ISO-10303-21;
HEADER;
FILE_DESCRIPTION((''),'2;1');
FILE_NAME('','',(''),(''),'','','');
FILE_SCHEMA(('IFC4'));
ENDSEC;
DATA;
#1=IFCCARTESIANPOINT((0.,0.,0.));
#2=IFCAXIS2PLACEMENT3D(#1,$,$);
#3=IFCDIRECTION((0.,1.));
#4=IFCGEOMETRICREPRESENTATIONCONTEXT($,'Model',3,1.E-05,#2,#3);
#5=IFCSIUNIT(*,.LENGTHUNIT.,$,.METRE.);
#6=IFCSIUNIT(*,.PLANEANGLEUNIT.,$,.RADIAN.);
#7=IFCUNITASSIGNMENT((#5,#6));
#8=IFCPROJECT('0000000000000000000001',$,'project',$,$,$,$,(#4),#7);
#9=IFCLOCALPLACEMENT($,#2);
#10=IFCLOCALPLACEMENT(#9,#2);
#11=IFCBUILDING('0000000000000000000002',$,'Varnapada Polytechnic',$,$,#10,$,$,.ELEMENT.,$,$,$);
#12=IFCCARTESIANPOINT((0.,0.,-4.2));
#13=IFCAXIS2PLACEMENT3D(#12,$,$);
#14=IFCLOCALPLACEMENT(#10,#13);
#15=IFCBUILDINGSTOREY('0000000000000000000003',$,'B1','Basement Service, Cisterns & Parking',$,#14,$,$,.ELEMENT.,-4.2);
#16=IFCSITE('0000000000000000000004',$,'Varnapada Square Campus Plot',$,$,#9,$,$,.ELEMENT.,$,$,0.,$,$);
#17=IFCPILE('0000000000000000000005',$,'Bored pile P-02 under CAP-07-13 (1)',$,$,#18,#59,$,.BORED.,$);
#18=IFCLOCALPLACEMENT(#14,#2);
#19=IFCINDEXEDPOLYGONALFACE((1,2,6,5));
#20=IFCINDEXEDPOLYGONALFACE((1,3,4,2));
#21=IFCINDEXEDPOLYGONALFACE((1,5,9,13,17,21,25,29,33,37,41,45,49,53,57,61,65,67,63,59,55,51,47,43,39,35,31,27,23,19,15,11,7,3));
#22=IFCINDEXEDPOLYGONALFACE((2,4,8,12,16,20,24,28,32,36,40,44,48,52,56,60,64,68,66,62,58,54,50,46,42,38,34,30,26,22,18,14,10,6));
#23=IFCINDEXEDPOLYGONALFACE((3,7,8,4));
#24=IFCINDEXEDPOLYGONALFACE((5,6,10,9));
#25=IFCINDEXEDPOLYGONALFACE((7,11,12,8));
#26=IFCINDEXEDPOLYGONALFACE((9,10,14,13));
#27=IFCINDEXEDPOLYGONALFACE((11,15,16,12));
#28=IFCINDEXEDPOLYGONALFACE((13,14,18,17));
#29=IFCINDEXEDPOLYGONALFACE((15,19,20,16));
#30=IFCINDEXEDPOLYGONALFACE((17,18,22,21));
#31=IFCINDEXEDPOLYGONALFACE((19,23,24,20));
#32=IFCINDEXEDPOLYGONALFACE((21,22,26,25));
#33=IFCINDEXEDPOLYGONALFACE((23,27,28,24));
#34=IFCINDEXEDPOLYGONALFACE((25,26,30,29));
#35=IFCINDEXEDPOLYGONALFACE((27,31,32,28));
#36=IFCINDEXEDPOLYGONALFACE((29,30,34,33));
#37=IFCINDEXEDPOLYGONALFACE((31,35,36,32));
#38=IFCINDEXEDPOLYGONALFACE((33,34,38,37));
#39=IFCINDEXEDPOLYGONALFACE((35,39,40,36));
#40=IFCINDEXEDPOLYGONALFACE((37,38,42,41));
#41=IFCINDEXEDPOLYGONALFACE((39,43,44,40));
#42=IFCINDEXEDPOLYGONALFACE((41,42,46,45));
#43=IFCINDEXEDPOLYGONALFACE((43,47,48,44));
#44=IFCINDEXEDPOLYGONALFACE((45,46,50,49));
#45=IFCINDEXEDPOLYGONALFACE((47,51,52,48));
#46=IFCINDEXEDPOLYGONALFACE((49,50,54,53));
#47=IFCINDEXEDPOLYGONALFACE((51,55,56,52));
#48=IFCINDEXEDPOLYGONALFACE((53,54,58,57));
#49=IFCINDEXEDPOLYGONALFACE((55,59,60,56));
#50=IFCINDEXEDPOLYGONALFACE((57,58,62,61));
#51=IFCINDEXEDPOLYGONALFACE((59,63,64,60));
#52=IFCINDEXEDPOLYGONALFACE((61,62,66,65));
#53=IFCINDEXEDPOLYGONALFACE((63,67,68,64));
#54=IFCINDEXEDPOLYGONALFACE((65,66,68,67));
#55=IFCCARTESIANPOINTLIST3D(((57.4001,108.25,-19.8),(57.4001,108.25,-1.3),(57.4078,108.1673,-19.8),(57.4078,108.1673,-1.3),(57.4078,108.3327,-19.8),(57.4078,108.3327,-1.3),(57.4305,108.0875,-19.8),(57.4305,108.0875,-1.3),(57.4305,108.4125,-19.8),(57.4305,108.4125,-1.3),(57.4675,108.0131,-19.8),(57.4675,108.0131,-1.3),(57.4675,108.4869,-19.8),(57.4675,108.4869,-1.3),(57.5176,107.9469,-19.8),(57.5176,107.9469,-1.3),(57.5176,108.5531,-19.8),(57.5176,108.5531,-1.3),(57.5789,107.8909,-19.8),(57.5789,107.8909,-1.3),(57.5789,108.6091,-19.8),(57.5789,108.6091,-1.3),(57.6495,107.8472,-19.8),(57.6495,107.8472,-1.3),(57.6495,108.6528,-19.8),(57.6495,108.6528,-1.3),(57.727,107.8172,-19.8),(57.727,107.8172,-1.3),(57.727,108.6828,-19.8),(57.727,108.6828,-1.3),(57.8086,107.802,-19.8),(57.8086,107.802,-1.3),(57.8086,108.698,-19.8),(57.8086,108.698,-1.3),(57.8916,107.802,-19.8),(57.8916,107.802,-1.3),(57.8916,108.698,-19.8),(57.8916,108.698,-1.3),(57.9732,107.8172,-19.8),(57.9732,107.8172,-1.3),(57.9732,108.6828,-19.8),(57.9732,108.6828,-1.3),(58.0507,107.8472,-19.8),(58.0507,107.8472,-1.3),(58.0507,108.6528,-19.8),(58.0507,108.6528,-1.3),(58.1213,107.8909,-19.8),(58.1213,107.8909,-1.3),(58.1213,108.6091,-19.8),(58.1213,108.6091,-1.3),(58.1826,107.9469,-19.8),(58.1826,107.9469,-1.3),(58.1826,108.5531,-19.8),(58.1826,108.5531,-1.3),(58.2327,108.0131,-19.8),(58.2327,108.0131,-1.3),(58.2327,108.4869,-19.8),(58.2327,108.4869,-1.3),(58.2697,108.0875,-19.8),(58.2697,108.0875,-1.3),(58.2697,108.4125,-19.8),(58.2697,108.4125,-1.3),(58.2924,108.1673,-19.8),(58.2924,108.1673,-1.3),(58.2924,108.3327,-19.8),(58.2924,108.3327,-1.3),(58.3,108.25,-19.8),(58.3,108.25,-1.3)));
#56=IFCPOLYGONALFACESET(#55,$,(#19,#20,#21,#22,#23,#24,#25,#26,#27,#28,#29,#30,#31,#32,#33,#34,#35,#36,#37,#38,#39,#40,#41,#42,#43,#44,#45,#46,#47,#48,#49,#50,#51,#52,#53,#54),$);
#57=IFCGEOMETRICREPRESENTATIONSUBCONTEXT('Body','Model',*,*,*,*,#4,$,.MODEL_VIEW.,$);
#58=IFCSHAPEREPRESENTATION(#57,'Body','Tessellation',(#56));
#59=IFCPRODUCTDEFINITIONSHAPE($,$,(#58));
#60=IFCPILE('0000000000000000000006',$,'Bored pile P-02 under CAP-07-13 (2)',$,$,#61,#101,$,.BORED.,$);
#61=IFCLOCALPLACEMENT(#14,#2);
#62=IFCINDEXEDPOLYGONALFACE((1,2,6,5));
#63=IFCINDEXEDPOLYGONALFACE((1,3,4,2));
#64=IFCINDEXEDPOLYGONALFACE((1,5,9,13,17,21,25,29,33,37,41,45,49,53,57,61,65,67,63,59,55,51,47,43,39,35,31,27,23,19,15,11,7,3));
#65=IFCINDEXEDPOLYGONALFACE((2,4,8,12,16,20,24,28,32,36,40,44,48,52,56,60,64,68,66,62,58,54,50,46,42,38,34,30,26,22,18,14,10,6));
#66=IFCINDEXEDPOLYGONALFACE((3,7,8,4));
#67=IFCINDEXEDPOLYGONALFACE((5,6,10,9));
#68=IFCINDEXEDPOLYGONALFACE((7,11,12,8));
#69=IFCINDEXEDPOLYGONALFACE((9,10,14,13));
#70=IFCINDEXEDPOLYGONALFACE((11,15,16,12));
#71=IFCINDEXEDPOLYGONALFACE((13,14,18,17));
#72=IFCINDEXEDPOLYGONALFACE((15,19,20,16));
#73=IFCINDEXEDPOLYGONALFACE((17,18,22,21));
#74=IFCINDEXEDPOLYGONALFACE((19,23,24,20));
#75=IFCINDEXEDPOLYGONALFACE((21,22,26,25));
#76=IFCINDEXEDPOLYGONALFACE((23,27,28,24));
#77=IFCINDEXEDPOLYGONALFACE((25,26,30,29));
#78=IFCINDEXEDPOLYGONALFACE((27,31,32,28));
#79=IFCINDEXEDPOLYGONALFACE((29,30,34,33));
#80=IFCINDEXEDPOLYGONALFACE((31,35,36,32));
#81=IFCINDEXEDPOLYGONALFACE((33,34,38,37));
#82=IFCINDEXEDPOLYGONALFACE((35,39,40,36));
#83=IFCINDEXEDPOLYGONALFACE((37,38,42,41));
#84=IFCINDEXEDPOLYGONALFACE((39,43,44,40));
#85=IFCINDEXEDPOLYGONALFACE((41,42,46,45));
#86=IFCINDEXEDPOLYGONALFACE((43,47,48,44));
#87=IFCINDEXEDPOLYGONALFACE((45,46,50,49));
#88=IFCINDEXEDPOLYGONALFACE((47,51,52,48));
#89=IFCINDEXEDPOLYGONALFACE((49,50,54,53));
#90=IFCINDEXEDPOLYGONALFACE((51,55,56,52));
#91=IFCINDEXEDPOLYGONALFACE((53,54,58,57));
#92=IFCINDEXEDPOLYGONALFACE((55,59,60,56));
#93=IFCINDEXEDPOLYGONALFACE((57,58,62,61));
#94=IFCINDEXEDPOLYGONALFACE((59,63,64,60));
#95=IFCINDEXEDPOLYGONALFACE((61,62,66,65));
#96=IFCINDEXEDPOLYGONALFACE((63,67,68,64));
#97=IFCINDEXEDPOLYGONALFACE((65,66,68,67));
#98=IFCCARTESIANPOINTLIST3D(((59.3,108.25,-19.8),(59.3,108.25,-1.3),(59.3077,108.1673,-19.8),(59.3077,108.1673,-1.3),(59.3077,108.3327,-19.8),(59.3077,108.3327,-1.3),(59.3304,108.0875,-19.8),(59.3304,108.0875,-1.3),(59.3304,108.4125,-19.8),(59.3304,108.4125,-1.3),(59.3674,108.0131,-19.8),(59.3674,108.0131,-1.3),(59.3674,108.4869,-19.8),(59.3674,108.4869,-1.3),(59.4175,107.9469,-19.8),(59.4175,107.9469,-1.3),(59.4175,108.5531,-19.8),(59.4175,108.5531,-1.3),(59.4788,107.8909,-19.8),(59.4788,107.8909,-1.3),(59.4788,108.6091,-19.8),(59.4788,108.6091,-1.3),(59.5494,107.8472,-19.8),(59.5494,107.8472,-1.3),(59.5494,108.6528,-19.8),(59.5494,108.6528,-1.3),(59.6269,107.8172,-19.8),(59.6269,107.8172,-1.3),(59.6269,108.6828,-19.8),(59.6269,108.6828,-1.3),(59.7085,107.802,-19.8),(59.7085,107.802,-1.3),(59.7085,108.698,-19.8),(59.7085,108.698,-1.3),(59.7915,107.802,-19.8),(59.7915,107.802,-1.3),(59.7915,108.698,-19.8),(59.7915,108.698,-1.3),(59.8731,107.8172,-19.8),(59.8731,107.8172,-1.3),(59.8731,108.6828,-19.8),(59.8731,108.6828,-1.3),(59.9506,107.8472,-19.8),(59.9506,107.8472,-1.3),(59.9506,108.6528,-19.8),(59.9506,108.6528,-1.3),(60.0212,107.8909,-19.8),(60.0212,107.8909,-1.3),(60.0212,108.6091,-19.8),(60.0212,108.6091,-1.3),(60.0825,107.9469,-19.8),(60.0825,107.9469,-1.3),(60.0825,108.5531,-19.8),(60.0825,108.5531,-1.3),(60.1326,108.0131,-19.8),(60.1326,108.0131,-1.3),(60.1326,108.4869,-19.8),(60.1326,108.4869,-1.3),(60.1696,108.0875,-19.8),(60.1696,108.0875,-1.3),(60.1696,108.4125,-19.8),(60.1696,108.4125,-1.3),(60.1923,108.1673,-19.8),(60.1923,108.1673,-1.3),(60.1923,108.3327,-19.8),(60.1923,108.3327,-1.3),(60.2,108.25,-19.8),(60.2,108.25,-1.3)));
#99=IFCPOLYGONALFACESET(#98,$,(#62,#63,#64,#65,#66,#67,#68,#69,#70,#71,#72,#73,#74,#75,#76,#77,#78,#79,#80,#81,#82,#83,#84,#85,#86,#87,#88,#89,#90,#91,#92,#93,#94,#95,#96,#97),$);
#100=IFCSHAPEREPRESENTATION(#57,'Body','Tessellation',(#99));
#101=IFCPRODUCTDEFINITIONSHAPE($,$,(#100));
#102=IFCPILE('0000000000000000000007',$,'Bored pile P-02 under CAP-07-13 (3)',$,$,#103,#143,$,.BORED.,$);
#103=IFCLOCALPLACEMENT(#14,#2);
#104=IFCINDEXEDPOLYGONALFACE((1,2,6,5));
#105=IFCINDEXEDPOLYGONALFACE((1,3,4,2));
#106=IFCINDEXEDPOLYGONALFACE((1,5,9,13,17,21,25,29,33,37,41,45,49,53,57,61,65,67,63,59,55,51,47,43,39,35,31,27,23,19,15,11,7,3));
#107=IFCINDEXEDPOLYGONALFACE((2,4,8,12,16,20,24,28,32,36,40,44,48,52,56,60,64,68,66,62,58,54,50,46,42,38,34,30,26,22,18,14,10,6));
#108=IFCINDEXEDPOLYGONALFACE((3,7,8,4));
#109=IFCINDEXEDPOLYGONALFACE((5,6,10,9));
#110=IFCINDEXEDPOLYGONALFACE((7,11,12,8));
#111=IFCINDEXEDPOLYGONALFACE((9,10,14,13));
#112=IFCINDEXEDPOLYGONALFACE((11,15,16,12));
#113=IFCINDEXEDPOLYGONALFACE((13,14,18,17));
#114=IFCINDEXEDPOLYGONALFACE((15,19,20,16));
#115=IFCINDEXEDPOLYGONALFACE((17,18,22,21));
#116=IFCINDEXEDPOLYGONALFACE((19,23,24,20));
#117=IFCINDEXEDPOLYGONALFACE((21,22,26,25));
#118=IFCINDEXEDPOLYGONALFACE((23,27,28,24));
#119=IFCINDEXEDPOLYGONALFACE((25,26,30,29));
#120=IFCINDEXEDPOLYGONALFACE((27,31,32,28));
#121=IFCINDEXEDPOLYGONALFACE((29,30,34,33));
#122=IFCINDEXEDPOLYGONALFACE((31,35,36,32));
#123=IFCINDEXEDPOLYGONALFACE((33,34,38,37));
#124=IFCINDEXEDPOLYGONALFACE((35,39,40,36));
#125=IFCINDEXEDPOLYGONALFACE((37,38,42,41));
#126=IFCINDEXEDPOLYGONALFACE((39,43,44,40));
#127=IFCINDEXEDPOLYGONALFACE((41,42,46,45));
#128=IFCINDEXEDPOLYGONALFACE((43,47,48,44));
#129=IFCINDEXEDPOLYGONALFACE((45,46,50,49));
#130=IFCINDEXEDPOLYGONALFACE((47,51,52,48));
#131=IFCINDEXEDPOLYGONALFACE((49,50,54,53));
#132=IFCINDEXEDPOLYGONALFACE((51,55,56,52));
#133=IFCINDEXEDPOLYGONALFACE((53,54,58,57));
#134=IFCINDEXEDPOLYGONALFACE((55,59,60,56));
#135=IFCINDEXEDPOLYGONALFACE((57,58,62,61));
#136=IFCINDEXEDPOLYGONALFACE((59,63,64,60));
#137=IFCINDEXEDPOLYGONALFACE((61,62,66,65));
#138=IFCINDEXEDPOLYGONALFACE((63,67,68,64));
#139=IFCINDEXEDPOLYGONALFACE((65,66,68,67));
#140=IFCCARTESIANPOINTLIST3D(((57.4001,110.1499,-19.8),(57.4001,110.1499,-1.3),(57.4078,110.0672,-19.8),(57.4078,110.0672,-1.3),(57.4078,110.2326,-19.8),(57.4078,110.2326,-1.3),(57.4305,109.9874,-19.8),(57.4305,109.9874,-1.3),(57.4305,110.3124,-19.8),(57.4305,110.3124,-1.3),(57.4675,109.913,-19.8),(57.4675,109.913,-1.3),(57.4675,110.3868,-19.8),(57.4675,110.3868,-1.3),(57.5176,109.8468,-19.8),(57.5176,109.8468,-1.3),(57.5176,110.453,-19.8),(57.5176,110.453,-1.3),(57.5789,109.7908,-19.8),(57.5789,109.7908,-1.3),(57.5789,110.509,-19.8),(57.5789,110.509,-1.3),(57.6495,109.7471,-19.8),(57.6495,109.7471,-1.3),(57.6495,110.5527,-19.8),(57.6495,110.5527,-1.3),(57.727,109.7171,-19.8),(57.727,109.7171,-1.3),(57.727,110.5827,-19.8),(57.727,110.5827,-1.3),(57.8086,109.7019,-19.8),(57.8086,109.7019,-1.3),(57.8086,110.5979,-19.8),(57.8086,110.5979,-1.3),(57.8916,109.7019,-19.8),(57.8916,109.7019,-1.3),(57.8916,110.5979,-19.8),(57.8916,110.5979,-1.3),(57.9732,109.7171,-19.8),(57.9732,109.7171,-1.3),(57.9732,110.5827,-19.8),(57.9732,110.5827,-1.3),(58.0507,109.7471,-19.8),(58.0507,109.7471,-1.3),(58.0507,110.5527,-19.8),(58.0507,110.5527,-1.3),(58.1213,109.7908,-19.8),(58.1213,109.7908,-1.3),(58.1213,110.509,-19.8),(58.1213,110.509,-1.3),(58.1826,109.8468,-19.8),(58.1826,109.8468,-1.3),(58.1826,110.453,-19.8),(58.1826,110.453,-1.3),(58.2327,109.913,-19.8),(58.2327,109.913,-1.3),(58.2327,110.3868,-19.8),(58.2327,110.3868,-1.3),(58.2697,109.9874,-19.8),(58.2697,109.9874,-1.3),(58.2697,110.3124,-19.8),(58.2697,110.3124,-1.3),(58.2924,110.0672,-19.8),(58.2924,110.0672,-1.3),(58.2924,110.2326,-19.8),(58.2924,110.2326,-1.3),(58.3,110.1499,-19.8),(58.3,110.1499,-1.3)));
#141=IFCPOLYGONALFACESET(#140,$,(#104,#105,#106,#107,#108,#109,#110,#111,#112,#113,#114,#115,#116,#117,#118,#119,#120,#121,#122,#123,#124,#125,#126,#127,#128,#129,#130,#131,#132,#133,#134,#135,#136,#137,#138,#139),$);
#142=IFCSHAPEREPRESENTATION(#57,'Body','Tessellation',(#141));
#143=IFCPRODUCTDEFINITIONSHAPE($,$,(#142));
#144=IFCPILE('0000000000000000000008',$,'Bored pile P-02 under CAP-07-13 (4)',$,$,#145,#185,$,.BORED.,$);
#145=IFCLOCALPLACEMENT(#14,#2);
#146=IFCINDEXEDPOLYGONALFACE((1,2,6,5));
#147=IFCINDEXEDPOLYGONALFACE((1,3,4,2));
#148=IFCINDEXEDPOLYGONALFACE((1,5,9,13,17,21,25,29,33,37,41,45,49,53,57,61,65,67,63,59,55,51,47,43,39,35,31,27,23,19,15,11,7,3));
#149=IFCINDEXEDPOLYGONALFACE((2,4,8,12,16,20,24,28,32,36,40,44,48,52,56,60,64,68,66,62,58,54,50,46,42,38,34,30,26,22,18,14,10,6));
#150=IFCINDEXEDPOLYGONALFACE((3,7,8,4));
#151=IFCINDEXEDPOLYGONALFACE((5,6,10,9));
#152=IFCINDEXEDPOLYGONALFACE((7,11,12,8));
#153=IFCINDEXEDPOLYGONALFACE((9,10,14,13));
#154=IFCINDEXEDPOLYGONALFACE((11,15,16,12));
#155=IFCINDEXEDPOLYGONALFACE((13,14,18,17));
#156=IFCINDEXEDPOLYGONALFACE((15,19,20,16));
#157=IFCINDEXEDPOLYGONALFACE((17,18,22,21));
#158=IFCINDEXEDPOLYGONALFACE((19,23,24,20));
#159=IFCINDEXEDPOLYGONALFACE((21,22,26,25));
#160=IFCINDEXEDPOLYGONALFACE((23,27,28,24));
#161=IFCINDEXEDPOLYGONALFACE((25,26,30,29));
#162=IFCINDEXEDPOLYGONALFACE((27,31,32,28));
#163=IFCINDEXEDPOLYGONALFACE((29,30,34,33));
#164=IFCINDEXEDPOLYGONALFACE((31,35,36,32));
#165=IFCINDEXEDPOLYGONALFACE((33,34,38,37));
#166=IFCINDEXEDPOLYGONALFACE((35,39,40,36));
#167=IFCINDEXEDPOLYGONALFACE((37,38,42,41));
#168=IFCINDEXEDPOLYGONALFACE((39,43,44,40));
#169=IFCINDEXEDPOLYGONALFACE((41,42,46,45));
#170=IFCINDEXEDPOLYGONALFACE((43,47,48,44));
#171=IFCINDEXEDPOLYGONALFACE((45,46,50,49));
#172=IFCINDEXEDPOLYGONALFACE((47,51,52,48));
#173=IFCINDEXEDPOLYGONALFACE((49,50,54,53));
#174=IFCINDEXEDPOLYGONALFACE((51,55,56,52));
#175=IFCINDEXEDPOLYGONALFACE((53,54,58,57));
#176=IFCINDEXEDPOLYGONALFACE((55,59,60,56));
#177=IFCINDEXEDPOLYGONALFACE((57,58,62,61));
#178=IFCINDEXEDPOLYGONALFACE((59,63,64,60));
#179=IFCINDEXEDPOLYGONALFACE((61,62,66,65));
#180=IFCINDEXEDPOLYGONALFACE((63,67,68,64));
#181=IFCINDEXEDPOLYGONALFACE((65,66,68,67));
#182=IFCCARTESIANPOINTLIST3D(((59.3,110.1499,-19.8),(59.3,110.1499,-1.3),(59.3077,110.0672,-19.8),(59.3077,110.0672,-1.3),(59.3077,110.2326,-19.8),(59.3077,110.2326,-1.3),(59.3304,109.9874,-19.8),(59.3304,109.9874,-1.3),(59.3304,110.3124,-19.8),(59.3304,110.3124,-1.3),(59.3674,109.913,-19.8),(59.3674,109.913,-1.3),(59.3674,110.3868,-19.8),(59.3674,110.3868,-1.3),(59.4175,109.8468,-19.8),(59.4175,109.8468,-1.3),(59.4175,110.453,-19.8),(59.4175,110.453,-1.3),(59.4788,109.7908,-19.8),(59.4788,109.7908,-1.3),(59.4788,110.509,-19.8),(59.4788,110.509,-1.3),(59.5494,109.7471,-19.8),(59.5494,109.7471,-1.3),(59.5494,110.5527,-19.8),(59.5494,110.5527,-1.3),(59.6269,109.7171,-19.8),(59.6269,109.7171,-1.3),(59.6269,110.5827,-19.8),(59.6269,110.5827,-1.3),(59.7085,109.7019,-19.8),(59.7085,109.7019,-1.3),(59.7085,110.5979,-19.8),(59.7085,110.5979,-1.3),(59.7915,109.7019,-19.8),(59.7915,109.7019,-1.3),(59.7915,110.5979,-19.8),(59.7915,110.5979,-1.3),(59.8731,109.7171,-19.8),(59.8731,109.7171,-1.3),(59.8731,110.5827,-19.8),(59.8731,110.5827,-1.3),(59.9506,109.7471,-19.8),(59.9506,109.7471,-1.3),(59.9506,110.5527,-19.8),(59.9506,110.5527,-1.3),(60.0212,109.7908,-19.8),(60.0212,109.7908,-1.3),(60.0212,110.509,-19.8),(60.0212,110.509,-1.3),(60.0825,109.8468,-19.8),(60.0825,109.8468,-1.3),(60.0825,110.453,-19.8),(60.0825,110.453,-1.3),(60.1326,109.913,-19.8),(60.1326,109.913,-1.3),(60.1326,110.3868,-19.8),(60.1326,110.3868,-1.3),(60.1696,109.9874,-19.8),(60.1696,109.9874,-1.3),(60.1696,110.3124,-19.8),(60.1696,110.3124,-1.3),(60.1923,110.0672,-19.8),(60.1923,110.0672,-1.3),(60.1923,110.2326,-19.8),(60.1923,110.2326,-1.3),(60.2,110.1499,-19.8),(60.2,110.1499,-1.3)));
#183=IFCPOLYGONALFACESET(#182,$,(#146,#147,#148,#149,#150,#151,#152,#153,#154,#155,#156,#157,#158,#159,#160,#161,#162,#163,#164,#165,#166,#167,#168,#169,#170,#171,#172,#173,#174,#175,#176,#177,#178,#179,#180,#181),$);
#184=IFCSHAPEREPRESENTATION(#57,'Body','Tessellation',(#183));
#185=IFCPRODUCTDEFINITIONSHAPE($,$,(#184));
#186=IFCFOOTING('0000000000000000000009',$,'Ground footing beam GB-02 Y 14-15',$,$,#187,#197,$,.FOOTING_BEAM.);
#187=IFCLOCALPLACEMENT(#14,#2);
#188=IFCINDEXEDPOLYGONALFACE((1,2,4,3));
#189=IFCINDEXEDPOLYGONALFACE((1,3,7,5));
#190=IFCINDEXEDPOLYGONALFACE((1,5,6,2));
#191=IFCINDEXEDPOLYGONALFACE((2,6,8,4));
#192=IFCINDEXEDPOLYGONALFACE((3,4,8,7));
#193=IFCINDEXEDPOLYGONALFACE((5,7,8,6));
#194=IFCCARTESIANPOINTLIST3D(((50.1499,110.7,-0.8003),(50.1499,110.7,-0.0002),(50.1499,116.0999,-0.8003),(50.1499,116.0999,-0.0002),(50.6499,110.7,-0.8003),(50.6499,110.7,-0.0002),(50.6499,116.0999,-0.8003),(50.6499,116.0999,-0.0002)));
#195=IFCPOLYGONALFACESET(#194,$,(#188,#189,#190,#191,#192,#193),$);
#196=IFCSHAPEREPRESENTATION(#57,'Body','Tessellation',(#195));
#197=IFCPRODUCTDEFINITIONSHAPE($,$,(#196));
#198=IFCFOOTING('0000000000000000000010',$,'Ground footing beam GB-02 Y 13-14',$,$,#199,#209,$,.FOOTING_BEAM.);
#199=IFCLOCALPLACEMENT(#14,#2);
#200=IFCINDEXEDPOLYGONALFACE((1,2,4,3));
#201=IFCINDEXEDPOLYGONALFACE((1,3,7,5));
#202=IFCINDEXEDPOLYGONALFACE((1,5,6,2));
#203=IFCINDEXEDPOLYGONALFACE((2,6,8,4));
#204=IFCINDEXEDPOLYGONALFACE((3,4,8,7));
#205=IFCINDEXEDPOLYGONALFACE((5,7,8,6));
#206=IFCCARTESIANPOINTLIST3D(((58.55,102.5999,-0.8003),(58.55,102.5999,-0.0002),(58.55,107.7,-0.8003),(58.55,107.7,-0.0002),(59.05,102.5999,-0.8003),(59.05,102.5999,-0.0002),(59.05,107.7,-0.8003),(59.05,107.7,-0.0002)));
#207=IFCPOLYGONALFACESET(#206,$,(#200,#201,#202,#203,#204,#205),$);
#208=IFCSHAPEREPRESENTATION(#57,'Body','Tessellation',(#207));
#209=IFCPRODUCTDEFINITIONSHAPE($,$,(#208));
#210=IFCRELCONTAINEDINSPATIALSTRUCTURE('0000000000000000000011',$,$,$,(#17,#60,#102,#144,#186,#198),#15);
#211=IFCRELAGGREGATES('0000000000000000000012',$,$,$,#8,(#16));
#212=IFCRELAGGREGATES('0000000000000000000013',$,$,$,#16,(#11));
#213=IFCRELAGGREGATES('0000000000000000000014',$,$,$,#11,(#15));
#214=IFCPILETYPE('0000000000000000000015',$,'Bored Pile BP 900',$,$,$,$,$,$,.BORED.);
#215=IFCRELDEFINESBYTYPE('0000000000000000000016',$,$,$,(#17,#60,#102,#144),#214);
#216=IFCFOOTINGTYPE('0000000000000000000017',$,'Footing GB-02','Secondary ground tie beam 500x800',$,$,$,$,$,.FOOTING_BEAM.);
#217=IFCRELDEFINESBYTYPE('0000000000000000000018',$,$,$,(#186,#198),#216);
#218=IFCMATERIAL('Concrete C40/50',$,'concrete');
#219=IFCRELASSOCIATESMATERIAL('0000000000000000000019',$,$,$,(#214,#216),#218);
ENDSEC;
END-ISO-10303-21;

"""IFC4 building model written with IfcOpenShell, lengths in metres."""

from ifc_helpers import new_model, si_unit, direction, frame, origin, origin_2d, place, context, subcontext, project, spatial, rectangle, circle, extrude, material, material_profile, profile_set, type_object, element, save


model = new_model("IFC4")

# Units and contexts
model_context = context("Model", 3, precision=1e-05, world=origin(), true_north=direction((0.0, 1.0)))
body_context = subcontext(model_context, "Body", "Model", "MODEL_VIEW")
ifc_project = project(units=[si_unit("LENGTHUNIT", "METRE"), si_unit("PLANEANGLEUNIT", "RADIAN")], contexts=[model_context])

# Site, building, storey
site_placement = place(None, origin())
site = spatial("IfcSite", under=ifc_project, at=site_placement, Name="Varnapada Square Campus Plot", CompositionType="ELEMENT", RefElevation=0.0)
building_placement = place(site_placement, origin())
building = spatial("IfcBuilding", under=site, at=building_placement, Name="Varnapada Polytechnic", CompositionType="ELEMENT")
storey_placement = place(building_placement, frame((0.0, 0.0, -4.2)))
storey = spatial("IfcBuildingStorey", under=building, at=storey_placement, Name="B1", Description="Basement Service, Cisterns & Parking", CompositionType="ELEMENT", Elevation=-4.2)

# Piles
ifc_material_1 = material(Name="Concrete C40/50", Category="concrete")
ifc_material_profile_1 = material_profile(ifc_material_1, circle(Radius=0.45, at=origin_2d()), Name="BP 900")
ifc_profile_set_1 = profile_set([ifc_material_profile_1], Name="Concrete C40/50")
pile_type_1 = type_object("IfcPileType", Name="Bored Pile BP 900", PredefinedType="BORED", material=ifc_profile_set_1)
for number, where, z_axis, x_axis, name in (
    (1, (57.8501, 108.25, -1.3), (0.0, 0.0, -1.0), (1.0, 0.0, 0.0), "Bored pile P-02 under CAP-07-13 (1)"),
    (2, (59.75, 108.25, -1.3), (0.0, 0.0, -1.0), (1.0, 0.0, 0.0), "Bored pile P-02 under CAP-07-13 (2)"),
    (3, (57.8501, 110.1499, -1.3), (0.0, 0.0, -1.0), (1.0, 0.0, 0.0), "Bored pile P-02 under CAP-07-13 (3)"),
    (4, (59.75, 110.1499, -1.3), (0.0, 0.0, -1.0), (1.0, 0.0, 0.0), "Bored pile P-02 under CAP-07-13 (4)"),
):
    element("IfcPile", number, at=place(storey_placement, frame(where, z_axis=z_axis, x_axis=x_axis)), inside=storey, type_object=pile_type_1, Name=name, PredefinedType="BORED", context=body_context, shape_type="SweptSolid", body=[
        extrude(circle(Radius=0.45, at=origin_2d()), origin(), (0.0, 0.0, 1.0), 18.5),
    ])

# Footings
footing_type_1 = type_object("IfcFootingType", Name="Footing GB-02", Description="Secondary ground tie beam 500x800", PredefinedType="FOOTING_BEAM", material=ifc_material_1)
footing_1_placement = place(storey_placement, frame((50.3999, 113.3999, -0.8003), z_axis=(0.0, 0.0, 1.0), x_axis=(0.0, 1.0, 0.0)))
element("IfcFooting", 5, at=footing_1_placement, inside=storey, type_object=footing_type_1, Name="Ground footing beam GB-02 Y 14-15", PredefinedType="FOOTING_BEAM", context=body_context, shape_type="SweptSolid", body=[
    extrude(rectangle(XDim=5.3999, YDim=0.5, at=origin_2d()), origin(), (0.0, 0.0, 1.0), 0.8),
])
footing_2_placement = place(storey_placement, frame((58.8, 105.1499, -0.8003), z_axis=(0.0, 0.0, 1.0), x_axis=(0.0, 1.0, 0.0)))
element("IfcFooting", 6, at=footing_2_placement, inside=storey, type_object=footing_type_1, Name="Ground footing beam GB-02 Y 13-14", PredefinedType="FOOTING_BEAM", context=body_context, shape_type="SweptSolid", body=[
    extrude(rectangle(XDim=5.1001, YDim=0.5, at=origin_2d()), origin(), (0.0, 0.0, 1.0), 0.8),
])

save(model, "model.ifc")
